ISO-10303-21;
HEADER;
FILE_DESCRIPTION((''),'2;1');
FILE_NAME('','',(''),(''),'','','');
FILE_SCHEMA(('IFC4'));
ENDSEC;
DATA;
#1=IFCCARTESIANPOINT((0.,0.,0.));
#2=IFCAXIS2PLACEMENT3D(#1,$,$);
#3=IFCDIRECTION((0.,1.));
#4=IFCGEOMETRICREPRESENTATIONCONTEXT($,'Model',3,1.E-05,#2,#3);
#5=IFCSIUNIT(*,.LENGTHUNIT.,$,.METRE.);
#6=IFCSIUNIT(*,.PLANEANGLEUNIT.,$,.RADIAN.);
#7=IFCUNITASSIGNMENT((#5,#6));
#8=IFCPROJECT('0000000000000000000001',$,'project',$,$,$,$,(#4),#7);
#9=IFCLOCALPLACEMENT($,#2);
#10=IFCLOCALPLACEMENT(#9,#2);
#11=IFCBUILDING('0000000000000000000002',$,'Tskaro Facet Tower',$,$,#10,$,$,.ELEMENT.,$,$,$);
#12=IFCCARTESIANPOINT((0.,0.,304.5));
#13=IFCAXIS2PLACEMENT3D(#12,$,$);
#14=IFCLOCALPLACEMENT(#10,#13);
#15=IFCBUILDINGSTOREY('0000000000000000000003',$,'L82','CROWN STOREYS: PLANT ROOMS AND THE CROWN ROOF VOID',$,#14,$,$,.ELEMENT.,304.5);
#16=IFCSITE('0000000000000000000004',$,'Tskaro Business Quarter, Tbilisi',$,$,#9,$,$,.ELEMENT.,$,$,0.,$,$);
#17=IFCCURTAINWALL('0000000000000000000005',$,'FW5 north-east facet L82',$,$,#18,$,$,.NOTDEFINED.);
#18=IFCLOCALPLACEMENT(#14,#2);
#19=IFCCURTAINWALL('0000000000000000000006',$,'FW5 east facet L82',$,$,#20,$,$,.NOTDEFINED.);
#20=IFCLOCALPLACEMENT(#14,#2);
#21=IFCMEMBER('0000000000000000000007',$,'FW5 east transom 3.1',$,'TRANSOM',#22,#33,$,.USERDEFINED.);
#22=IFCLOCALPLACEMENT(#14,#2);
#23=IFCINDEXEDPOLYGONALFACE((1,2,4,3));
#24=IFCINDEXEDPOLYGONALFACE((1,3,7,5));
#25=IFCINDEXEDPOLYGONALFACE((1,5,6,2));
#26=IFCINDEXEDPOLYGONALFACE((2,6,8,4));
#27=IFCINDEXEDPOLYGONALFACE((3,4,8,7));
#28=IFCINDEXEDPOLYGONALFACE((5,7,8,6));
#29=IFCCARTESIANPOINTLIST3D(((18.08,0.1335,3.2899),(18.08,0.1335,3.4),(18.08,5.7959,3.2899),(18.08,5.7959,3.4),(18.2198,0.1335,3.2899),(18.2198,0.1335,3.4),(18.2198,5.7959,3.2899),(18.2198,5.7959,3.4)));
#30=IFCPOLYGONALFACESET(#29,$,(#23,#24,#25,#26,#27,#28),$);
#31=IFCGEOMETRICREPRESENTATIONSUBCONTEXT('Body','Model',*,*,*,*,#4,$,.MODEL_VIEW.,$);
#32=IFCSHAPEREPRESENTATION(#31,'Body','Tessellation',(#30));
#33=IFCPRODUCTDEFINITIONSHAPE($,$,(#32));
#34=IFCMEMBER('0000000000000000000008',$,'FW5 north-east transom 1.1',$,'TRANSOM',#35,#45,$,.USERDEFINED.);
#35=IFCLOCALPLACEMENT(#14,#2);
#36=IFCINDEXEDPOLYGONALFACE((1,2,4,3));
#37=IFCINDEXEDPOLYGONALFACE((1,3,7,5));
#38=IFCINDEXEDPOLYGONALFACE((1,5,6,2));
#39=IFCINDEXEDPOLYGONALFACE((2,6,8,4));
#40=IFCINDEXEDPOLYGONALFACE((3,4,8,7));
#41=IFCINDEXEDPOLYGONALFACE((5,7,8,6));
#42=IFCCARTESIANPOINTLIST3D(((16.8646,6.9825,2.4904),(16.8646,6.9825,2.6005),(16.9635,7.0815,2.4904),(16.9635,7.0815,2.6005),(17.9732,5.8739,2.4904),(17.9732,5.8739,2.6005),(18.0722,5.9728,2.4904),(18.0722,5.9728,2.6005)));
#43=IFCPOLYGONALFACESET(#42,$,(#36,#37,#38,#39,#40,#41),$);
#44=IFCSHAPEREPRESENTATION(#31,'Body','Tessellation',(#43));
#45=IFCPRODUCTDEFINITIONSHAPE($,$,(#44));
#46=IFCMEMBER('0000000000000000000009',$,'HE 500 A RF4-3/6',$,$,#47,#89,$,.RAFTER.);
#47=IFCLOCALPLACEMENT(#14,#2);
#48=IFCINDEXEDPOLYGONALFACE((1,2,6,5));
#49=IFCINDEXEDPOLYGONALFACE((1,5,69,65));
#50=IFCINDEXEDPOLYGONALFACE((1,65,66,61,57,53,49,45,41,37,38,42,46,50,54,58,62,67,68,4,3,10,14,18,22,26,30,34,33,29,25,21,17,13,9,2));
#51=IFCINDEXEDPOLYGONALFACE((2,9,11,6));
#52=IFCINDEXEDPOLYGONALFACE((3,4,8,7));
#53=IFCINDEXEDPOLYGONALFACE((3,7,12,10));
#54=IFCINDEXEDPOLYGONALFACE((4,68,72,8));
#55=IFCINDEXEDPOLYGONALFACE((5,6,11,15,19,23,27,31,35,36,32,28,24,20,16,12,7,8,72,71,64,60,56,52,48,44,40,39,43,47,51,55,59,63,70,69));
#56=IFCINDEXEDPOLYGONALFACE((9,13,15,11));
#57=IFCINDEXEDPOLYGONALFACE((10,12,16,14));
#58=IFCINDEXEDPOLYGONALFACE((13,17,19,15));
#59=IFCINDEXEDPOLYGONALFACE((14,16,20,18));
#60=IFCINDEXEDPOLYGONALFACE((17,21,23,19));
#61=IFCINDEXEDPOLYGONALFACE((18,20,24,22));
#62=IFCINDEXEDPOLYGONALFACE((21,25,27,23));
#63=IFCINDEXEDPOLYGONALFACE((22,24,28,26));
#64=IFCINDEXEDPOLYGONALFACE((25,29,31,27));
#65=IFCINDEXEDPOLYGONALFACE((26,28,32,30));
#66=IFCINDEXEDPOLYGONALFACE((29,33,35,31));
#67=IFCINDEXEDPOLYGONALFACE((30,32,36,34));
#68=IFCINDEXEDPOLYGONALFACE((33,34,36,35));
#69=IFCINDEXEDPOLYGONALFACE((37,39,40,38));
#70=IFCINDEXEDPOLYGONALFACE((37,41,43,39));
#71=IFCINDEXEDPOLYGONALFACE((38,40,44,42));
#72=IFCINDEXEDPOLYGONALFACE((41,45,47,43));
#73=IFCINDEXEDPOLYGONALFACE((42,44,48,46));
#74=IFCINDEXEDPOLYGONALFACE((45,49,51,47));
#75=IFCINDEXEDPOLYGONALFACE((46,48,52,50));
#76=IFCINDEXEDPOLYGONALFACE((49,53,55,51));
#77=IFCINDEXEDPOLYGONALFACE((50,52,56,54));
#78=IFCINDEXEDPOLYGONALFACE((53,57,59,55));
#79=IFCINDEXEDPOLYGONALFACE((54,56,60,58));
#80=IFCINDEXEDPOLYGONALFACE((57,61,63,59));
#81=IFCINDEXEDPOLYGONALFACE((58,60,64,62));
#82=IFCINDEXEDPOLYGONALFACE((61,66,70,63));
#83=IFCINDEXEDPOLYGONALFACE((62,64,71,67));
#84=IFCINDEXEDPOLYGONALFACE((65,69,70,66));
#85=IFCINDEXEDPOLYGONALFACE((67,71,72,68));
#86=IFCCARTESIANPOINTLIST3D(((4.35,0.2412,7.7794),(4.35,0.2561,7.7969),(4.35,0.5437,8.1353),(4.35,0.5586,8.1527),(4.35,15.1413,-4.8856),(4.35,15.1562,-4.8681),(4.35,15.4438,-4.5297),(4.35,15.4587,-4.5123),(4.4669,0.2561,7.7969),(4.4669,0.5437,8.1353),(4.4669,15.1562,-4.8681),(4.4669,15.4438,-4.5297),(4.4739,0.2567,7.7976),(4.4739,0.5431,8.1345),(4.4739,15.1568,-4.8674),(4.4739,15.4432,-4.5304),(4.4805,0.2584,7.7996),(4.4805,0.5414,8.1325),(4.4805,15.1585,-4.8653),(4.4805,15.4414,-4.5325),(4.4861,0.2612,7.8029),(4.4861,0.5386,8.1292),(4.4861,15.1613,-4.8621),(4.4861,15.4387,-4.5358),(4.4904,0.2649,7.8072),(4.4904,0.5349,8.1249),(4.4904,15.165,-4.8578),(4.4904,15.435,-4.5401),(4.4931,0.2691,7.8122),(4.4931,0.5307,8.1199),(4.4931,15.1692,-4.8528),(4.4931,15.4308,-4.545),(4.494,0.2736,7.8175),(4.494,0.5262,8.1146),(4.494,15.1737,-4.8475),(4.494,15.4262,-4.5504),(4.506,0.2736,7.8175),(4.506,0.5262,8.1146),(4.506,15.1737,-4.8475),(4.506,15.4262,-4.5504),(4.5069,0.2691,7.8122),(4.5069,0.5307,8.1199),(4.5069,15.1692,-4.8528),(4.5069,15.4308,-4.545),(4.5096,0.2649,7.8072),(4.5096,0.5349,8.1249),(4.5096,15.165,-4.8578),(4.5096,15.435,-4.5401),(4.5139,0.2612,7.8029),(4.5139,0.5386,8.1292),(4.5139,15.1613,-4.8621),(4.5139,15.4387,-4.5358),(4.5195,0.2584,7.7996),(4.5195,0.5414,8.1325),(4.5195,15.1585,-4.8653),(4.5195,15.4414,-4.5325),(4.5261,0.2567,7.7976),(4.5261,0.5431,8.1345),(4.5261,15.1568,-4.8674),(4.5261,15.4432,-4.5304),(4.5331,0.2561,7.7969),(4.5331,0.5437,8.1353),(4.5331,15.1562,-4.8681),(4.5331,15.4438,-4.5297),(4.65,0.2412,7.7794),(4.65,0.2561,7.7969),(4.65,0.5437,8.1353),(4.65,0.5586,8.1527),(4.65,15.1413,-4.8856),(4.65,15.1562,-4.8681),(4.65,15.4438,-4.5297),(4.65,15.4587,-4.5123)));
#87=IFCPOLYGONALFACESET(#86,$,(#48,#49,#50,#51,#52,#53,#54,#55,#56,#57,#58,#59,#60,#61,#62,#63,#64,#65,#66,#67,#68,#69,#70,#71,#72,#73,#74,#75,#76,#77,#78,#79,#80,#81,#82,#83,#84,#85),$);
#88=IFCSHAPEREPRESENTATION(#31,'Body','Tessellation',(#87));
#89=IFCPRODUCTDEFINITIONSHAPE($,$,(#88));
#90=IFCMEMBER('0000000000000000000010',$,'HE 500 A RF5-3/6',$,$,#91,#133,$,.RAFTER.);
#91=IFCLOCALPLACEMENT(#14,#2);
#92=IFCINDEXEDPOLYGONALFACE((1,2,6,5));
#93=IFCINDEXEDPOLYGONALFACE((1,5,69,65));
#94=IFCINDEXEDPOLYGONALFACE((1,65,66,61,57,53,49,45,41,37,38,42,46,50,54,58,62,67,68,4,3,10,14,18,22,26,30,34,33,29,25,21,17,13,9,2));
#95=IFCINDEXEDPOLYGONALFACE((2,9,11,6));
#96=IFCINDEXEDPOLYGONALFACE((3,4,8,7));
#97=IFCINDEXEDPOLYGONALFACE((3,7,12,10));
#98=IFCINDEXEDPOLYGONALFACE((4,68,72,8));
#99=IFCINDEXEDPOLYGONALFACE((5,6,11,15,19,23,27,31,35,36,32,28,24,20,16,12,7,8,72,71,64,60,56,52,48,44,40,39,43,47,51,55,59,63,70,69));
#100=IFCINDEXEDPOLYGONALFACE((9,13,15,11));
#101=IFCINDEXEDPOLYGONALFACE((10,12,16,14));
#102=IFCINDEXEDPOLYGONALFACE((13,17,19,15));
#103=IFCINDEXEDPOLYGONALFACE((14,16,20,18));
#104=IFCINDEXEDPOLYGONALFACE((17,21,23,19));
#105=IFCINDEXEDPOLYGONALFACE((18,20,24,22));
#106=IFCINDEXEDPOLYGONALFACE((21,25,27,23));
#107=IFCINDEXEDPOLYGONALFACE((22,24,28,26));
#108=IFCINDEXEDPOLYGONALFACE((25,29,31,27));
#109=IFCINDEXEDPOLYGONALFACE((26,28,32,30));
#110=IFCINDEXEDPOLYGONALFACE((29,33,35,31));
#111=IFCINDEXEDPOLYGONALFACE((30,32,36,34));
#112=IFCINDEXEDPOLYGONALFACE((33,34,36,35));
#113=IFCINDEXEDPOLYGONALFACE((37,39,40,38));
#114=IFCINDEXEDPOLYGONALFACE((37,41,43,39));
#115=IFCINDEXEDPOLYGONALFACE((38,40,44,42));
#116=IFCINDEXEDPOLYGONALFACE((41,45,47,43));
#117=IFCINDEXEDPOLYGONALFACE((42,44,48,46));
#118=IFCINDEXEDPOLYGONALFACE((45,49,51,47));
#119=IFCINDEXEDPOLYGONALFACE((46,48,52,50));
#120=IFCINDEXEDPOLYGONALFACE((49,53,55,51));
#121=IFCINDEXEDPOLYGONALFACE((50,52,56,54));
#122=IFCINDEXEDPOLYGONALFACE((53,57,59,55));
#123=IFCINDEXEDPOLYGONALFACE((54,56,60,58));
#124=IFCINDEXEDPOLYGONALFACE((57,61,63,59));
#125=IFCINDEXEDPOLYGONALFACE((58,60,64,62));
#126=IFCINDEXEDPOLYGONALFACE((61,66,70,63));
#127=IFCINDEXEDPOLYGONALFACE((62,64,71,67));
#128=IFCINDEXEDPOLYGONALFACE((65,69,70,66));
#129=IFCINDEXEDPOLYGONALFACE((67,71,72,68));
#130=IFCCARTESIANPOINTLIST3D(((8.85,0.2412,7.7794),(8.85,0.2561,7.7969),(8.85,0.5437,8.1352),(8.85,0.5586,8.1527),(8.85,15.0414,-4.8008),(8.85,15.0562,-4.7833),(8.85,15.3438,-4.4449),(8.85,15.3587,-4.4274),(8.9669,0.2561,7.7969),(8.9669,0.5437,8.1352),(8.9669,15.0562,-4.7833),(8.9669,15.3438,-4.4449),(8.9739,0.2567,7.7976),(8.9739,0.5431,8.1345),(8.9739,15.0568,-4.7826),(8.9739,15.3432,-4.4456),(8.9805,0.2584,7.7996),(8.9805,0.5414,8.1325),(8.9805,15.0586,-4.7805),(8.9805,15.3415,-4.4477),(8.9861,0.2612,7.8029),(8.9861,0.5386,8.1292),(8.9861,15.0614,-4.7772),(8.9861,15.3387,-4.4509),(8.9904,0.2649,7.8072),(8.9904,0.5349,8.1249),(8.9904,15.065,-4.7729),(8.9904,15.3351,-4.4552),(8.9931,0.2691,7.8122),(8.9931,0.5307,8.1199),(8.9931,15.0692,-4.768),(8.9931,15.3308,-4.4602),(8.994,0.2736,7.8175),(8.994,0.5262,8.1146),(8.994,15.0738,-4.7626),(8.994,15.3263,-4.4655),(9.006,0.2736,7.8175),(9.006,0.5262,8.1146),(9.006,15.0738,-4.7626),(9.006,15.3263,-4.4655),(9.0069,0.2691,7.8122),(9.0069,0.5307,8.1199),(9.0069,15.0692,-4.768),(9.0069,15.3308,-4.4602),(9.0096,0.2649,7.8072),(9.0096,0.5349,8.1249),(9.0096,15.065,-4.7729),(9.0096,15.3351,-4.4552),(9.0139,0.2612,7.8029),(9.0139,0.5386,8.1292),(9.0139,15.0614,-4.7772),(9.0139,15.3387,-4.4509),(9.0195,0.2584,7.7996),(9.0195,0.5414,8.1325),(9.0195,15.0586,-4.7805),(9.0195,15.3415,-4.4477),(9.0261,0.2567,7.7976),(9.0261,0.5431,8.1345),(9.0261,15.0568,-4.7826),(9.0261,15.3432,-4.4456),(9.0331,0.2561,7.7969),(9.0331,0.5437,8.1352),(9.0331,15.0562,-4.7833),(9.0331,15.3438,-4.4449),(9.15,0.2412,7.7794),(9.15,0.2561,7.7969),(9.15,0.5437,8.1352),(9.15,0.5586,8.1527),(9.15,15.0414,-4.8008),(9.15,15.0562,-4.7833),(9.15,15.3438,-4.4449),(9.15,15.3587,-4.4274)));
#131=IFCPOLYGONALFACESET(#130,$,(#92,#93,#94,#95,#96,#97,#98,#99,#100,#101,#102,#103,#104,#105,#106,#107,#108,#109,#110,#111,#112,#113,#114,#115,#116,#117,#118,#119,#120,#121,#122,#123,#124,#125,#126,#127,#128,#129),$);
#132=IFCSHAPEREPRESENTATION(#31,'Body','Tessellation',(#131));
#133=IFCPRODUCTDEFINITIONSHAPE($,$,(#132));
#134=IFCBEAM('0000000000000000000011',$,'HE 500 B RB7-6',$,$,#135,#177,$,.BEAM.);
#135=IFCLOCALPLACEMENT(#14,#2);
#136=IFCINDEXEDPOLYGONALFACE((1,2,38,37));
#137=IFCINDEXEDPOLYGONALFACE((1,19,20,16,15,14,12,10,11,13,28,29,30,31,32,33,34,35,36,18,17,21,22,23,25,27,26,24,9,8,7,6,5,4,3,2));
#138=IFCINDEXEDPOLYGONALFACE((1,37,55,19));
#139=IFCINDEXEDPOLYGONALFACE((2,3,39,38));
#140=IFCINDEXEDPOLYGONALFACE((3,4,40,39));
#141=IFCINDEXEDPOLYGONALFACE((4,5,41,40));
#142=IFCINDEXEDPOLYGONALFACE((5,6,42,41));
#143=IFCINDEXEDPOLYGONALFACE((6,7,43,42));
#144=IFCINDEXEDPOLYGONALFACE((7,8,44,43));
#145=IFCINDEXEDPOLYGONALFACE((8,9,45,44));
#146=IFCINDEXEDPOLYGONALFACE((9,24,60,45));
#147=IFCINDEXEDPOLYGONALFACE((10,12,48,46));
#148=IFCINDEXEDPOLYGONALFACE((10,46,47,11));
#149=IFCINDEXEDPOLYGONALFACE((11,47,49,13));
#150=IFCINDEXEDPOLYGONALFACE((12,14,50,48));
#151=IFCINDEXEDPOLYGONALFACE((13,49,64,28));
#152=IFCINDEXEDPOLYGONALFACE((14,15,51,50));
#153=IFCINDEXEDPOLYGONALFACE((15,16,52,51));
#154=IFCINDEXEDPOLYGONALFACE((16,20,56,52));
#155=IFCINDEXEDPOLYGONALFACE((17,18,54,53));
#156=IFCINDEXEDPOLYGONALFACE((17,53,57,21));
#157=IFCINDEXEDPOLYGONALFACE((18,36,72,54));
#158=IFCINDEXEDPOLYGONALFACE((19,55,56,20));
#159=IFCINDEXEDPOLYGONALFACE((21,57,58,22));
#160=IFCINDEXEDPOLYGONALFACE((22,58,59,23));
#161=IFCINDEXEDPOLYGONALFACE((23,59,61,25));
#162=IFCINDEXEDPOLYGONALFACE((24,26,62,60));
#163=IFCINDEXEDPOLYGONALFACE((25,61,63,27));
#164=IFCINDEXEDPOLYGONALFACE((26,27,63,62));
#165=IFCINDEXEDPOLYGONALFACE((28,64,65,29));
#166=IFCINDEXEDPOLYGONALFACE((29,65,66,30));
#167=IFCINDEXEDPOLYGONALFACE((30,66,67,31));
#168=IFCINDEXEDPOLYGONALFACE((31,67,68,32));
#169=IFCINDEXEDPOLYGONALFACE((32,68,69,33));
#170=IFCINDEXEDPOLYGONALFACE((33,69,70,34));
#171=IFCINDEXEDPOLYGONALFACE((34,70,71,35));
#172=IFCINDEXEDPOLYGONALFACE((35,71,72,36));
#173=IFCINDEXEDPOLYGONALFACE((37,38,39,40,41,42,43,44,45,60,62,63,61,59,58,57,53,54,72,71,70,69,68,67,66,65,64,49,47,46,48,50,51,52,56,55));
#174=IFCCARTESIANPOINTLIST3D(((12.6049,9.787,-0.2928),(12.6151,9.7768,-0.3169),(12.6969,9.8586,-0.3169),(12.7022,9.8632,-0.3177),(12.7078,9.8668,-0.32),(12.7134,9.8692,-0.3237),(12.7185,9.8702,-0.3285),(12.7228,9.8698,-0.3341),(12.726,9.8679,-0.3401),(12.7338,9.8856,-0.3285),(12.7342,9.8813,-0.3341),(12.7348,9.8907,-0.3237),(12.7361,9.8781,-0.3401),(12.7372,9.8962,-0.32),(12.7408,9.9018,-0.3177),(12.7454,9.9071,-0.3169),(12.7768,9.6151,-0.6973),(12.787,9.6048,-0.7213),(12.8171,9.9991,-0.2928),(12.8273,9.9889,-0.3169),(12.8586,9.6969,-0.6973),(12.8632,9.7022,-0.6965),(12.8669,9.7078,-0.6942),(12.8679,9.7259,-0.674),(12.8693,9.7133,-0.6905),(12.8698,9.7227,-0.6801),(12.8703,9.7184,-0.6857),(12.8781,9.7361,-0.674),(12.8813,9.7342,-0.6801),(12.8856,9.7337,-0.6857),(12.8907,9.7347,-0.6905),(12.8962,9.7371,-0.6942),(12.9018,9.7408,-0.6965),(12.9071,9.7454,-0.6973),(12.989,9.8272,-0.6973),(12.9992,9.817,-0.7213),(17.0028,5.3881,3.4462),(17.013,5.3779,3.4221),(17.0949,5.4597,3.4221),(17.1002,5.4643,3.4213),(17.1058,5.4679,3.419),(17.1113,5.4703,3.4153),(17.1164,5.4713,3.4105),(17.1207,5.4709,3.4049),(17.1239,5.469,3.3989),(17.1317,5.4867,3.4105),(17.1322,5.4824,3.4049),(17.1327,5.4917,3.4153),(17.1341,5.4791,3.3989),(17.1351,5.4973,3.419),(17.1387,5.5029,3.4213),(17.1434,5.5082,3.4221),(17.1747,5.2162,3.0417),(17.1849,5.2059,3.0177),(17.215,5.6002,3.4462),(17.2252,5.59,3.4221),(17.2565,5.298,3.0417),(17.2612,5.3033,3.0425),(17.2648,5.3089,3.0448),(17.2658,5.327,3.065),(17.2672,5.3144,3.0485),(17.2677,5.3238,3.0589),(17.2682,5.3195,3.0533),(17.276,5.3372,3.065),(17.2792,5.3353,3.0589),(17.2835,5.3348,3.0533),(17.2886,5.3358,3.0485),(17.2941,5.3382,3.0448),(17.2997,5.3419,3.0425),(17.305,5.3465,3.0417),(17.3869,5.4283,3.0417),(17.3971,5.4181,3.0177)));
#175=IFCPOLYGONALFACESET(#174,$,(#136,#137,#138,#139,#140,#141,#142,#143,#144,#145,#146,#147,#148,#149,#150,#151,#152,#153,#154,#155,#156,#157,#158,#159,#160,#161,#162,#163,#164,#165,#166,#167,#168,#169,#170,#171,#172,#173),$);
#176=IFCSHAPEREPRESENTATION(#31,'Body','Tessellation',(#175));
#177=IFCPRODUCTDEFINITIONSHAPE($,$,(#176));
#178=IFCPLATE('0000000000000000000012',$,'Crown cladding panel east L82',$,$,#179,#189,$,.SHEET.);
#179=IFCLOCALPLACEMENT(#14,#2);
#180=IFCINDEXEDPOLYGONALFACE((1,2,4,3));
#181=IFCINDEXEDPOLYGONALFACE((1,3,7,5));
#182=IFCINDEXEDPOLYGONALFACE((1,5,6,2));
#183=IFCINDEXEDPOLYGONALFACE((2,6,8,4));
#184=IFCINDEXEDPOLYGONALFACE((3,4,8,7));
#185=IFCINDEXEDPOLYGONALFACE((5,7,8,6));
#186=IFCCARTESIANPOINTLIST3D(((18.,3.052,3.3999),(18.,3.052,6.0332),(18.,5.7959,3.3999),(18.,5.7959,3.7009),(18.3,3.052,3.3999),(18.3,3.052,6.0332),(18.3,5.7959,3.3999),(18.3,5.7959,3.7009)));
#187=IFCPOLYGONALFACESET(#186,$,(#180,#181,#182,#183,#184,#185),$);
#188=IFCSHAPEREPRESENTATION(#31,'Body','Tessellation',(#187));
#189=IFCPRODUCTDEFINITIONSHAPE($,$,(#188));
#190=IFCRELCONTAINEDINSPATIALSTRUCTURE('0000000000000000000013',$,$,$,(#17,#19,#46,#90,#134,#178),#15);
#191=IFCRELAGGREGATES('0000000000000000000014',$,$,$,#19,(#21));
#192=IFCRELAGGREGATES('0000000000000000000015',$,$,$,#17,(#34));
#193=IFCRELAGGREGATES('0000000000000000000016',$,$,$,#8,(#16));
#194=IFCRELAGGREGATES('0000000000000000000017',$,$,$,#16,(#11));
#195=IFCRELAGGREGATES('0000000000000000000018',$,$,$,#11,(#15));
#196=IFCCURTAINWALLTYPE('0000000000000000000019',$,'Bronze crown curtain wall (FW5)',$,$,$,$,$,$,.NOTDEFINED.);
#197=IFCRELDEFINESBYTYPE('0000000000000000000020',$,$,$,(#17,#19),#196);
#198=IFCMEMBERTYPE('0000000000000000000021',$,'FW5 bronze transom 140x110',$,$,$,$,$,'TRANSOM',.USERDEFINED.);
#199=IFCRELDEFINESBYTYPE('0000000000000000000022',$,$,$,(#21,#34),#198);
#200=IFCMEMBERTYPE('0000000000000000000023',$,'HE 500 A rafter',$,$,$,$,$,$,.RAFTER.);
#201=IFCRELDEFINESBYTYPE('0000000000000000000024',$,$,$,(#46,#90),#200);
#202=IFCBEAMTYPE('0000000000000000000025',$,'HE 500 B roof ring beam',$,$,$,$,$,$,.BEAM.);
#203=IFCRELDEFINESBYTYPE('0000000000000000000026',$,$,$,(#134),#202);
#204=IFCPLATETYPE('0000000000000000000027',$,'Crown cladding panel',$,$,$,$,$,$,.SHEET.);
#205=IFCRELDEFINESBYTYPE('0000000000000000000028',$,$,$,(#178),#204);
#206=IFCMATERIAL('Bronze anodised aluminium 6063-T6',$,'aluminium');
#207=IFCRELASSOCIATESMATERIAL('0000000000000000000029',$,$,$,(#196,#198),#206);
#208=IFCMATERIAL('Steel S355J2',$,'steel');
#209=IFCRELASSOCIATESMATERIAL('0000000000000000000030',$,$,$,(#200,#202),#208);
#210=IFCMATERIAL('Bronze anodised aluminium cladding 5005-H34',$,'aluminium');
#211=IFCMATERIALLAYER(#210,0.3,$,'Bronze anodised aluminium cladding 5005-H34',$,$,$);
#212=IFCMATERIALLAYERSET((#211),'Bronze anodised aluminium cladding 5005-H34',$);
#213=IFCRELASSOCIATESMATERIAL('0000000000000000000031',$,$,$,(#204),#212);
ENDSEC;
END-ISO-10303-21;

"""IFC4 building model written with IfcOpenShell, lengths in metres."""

from ifc_helpers import new_model, si_unit, direction, frame, origin, origin_2d, place, context, subcontext, project, spatial, polyline, rectangle, i_section, outline, extrude, material, layer, layer_set, material_profile, profile_set, type_object, element, aggregate, save


model = new_model("IFC4")

# Units and contexts
model_context = context("Model", 3, precision=1e-05, world=origin(), true_north=direction((0.0, 1.0)))
body_context = subcontext(model_context, "Body", "Model", "MODEL_VIEW")
ifc_project = project(units=[si_unit("LENGTHUNIT", "METRE"), si_unit("PLANEANGLEUNIT", "RADIAN")], contexts=[model_context])

# Site, building, storey
site_placement = place(None, origin())
site = spatial("IfcSite", under=ifc_project, at=site_placement, Name="Tskaro Business Quarter, Tbilisi", CompositionType="ELEMENT", RefElevation=0.0)
building_placement = place(site_placement, origin())
building = spatial("IfcBuilding", under=site, at=building_placement, Name="Tskaro Facet Tower", CompositionType="ELEMENT")
storey_placement = place(building_placement, frame((0.0, 0.0, 304.5)))
storey = spatial("IfcBuildingStorey", under=building, at=storey_placement, Name="L82", Description="CROWN STOREYS: PLANT ROOMS AND THE CROWN ROOF VOID", CompositionType="ELEMENT", Elevation=304.5)

# Curtain wall
ifc_material_1 = material(Name="Bronze anodised aluminium 6063-T6", Category="aluminium")
curtain_wall_type = type_object("IfcCurtainWallType", Name="Bronze crown curtain wall (FW5)", PredefinedType="NOTDEFINED", material=ifc_material_1)
curtain_wall_1_placement = place(storey_placement, origin())
curtain_wall_1 = element("IfcCurtainWall", 1, at=curtain_wall_1_placement, inside=storey, type_object=curtain_wall_type, Name="FW5 north-east facet L82", PredefinedType="NOTDEFINED")

# Curtain wall, member
curtain_wall_2_placement = place(storey_placement, origin())
curtain_wall_2 = element("IfcCurtainWall", 2, at=curtain_wall_2_placement, inside=storey, type_object=curtain_wall_type, Name="FW5 east facet L82", PredefinedType="NOTDEFINED")
ifc_material_profile_1 = material_profile(ifc_material_1, rectangle(XDim=0.1399, YDim=0.1101, at=origin_2d()), Name="Transom 140x110")
ifc_profile_set_1 = profile_set([ifc_material_profile_1], Name="Bronze anodised aluminium 6063-T6")
member_type_1 = type_object("IfcMemberType", Name="FW5 bronze transom 140x110", ElementType="TRANSOM", PredefinedType="USERDEFINED", material=ifc_profile_set_1)
member_1_placement = place(storey_placement, frame((18.1499, 0.1335, 3.345), z_axis=(0.0, 1.0, 0.0), x_axis=(-1.0, 0.0, 0.0)))
member_1 = element("IfcMember", 3, at=member_1_placement, type_object=member_type_1, Name="FW5 east transom 3.1", ObjectType="TRANSOM", PredefinedType="USERDEFINED", context=body_context, shape_type="SweptSolid", body=[
    extrude(rectangle(XDim=0.1399, YDim=0.1101, at=origin_2d()), origin(), (0.0, 0.0, 1.0), 5.6624),
])

# Member
member_2_placement = place(storey_placement, frame((18.0227, 5.9233, 2.5454), z_axis=(-0.707107, 0.707107, 0.0), x_axis=(-0.707107, -0.707107, 0.0)))
member_2 = element("IfcMember", 4, at=member_2_placement, type_object=member_type_1, Name="FW5 north-east transom 1.1", ObjectType="TRANSOM", PredefinedType="USERDEFINED", context=body_context, shape_type="SweptSolid", body=[
    extrude(rectangle(XDim=0.1399, YDim=0.1101, at=origin_2d()), origin(), (0.0, 0.0, 1.0), 1.5679),
])

# Members
ifc_material_2 = material(Name="Steel S355J2", Category="steel")
ifc_material_profile_2 = material_profile(ifc_material_2, i_section(OverallWidth=0.3, OverallDepth=0.49, WebThickness=0.012, FlangeThickness=0.0229, FilletRadius=0.0271, at=origin_2d()), Name="HE 500 A")
ifc_profile_set_2 = profile_set([ifc_material_profile_2], Name="Steel S355J2")
member_type_2 = type_object("IfcMemberType", Name="HE 500 A rafter", PredefinedType="RAFTER", material=ifc_profile_set_2)
member_3_placement = place(storey_placement, frame((4.5, 0.3999, 7.9661), z_axis=(0.0, 0.761941, -0.647646), x_axis=(-1.0, 0.0, 0.0)))
element("IfcMember", 5, at=member_3_placement, inside=storey, type_object=member_type_2, Name="HE 500 A RF4-3/6", PredefinedType="RAFTER", context=body_context, shape_type="SweptSolid", body=[
    extrude(i_section(OverallWidth=0.3, OverallDepth=0.49, WebThickness=0.012, FlangeThickness=0.0229, FilletRadius=0.0271, at=origin_2d()), origin(), (0.0, 0.0, 1.0), 19.5554),
])
member_4_placement = place(storey_placement, frame((9.0, 0.3999, 7.9661), z_axis=(0.0, 0.761938, -0.64765), x_axis=(-1.0, 0.0, 0.0)))
element("IfcMember", 6, at=member_4_placement, inside=storey, type_object=member_type_2, Name="HE 500 A RF5-3/6", PredefinedType="RAFTER", context=body_context, shape_type="SweptSolid", body=[
    extrude(i_section(OverallWidth=0.3, OverallDepth=0.49, WebThickness=0.012, FlangeThickness=0.0229, FilletRadius=0.0271, at=origin_2d()), origin(), (0.0, 0.0, 1.0), 19.4243),
])

# Beam
ifc_material_profile_3 = material_profile(ifc_material_2, i_section(OverallWidth=0.3, OverallDepth=0.5, WebThickness=0.0144, FlangeThickness=0.0281, FilletRadius=0.0271, at=origin_2d()), Name="HE 500 B")
ifc_profile_set_3 = profile_set([ifc_material_profile_3], Name="Steel S355J2")
beam_type = type_object("IfcBeamType", Name="HE 500 B roof ring beam", PredefinedType="BEAM", material=ifc_profile_set_3)
beam_placement = place(storey_placement, frame((17.2, 5.4031, 3.2319), z_axis=(-0.605979, 0.606113, -0.515186), x_axis=(-0.707185, -0.707028, 0.0)))
element("IfcBeam", 7, at=beam_placement, inside=storey, type_object=beam_type, Name="HE 500 B RB7-6", PredefinedType="BEAM", context=body_context, shape_type="SweptSolid", body=[
    extrude(i_section(OverallWidth=0.3, OverallDepth=0.5, WebThickness=0.0144, FlangeThickness=0.0281, FilletRadius=0.0271, at=origin_2d()), origin(), (0.0, 0.0, 1.0), 7.2576),
])

# Plate
ifc_material_3 = material(Name="Bronze anodised aluminium cladding 5005-H34", Category="aluminium")
ifc_layer_1 = layer(ifc_material_3, 0.3, Name="Bronze anodised aluminium cladding 5005-H34")
ifc_layer_set_1 = layer_set([ifc_layer_1], Name="Bronze anodised aluminium cladding 5005-H34")
plate_type_1 = type_object("IfcPlateType", Name="Crown cladding panel", PredefinedType="SHEET", material=ifc_layer_set_1)
plate_1_placement = place(storey_placement, frame((18.1499, 3.052, 3.3999), z_axis=(0.0, 0.0, 1.0), x_axis=(0.0, 1.0, 0.0)))
element("IfcPlate", 8, at=plate_1_placement, inside=storey, type_object=plate_type_1, Name="Crown cladding panel east L82", PredefinedType="SHEET", context=body_context, shape_type="SweptSolid", body=[
    extrude(outline(polyline([(0.0, 0.0), (2.7439, 0.0), (2.7439, 0.301), (0.0, 2.6333), (0.0, 0.0)])), frame((0.0, 0.1499, 0.0), z_axis=(0.0, -1.0, 0.0), x_axis=(1.0, 0.0, 0.0)), (0.0, 0.0, 1.0), 0.3),
])

aggregate(curtain_wall_2, [member_1])
aggregate(curtain_wall_1, [member_2])

save(model, "model.ifc")
